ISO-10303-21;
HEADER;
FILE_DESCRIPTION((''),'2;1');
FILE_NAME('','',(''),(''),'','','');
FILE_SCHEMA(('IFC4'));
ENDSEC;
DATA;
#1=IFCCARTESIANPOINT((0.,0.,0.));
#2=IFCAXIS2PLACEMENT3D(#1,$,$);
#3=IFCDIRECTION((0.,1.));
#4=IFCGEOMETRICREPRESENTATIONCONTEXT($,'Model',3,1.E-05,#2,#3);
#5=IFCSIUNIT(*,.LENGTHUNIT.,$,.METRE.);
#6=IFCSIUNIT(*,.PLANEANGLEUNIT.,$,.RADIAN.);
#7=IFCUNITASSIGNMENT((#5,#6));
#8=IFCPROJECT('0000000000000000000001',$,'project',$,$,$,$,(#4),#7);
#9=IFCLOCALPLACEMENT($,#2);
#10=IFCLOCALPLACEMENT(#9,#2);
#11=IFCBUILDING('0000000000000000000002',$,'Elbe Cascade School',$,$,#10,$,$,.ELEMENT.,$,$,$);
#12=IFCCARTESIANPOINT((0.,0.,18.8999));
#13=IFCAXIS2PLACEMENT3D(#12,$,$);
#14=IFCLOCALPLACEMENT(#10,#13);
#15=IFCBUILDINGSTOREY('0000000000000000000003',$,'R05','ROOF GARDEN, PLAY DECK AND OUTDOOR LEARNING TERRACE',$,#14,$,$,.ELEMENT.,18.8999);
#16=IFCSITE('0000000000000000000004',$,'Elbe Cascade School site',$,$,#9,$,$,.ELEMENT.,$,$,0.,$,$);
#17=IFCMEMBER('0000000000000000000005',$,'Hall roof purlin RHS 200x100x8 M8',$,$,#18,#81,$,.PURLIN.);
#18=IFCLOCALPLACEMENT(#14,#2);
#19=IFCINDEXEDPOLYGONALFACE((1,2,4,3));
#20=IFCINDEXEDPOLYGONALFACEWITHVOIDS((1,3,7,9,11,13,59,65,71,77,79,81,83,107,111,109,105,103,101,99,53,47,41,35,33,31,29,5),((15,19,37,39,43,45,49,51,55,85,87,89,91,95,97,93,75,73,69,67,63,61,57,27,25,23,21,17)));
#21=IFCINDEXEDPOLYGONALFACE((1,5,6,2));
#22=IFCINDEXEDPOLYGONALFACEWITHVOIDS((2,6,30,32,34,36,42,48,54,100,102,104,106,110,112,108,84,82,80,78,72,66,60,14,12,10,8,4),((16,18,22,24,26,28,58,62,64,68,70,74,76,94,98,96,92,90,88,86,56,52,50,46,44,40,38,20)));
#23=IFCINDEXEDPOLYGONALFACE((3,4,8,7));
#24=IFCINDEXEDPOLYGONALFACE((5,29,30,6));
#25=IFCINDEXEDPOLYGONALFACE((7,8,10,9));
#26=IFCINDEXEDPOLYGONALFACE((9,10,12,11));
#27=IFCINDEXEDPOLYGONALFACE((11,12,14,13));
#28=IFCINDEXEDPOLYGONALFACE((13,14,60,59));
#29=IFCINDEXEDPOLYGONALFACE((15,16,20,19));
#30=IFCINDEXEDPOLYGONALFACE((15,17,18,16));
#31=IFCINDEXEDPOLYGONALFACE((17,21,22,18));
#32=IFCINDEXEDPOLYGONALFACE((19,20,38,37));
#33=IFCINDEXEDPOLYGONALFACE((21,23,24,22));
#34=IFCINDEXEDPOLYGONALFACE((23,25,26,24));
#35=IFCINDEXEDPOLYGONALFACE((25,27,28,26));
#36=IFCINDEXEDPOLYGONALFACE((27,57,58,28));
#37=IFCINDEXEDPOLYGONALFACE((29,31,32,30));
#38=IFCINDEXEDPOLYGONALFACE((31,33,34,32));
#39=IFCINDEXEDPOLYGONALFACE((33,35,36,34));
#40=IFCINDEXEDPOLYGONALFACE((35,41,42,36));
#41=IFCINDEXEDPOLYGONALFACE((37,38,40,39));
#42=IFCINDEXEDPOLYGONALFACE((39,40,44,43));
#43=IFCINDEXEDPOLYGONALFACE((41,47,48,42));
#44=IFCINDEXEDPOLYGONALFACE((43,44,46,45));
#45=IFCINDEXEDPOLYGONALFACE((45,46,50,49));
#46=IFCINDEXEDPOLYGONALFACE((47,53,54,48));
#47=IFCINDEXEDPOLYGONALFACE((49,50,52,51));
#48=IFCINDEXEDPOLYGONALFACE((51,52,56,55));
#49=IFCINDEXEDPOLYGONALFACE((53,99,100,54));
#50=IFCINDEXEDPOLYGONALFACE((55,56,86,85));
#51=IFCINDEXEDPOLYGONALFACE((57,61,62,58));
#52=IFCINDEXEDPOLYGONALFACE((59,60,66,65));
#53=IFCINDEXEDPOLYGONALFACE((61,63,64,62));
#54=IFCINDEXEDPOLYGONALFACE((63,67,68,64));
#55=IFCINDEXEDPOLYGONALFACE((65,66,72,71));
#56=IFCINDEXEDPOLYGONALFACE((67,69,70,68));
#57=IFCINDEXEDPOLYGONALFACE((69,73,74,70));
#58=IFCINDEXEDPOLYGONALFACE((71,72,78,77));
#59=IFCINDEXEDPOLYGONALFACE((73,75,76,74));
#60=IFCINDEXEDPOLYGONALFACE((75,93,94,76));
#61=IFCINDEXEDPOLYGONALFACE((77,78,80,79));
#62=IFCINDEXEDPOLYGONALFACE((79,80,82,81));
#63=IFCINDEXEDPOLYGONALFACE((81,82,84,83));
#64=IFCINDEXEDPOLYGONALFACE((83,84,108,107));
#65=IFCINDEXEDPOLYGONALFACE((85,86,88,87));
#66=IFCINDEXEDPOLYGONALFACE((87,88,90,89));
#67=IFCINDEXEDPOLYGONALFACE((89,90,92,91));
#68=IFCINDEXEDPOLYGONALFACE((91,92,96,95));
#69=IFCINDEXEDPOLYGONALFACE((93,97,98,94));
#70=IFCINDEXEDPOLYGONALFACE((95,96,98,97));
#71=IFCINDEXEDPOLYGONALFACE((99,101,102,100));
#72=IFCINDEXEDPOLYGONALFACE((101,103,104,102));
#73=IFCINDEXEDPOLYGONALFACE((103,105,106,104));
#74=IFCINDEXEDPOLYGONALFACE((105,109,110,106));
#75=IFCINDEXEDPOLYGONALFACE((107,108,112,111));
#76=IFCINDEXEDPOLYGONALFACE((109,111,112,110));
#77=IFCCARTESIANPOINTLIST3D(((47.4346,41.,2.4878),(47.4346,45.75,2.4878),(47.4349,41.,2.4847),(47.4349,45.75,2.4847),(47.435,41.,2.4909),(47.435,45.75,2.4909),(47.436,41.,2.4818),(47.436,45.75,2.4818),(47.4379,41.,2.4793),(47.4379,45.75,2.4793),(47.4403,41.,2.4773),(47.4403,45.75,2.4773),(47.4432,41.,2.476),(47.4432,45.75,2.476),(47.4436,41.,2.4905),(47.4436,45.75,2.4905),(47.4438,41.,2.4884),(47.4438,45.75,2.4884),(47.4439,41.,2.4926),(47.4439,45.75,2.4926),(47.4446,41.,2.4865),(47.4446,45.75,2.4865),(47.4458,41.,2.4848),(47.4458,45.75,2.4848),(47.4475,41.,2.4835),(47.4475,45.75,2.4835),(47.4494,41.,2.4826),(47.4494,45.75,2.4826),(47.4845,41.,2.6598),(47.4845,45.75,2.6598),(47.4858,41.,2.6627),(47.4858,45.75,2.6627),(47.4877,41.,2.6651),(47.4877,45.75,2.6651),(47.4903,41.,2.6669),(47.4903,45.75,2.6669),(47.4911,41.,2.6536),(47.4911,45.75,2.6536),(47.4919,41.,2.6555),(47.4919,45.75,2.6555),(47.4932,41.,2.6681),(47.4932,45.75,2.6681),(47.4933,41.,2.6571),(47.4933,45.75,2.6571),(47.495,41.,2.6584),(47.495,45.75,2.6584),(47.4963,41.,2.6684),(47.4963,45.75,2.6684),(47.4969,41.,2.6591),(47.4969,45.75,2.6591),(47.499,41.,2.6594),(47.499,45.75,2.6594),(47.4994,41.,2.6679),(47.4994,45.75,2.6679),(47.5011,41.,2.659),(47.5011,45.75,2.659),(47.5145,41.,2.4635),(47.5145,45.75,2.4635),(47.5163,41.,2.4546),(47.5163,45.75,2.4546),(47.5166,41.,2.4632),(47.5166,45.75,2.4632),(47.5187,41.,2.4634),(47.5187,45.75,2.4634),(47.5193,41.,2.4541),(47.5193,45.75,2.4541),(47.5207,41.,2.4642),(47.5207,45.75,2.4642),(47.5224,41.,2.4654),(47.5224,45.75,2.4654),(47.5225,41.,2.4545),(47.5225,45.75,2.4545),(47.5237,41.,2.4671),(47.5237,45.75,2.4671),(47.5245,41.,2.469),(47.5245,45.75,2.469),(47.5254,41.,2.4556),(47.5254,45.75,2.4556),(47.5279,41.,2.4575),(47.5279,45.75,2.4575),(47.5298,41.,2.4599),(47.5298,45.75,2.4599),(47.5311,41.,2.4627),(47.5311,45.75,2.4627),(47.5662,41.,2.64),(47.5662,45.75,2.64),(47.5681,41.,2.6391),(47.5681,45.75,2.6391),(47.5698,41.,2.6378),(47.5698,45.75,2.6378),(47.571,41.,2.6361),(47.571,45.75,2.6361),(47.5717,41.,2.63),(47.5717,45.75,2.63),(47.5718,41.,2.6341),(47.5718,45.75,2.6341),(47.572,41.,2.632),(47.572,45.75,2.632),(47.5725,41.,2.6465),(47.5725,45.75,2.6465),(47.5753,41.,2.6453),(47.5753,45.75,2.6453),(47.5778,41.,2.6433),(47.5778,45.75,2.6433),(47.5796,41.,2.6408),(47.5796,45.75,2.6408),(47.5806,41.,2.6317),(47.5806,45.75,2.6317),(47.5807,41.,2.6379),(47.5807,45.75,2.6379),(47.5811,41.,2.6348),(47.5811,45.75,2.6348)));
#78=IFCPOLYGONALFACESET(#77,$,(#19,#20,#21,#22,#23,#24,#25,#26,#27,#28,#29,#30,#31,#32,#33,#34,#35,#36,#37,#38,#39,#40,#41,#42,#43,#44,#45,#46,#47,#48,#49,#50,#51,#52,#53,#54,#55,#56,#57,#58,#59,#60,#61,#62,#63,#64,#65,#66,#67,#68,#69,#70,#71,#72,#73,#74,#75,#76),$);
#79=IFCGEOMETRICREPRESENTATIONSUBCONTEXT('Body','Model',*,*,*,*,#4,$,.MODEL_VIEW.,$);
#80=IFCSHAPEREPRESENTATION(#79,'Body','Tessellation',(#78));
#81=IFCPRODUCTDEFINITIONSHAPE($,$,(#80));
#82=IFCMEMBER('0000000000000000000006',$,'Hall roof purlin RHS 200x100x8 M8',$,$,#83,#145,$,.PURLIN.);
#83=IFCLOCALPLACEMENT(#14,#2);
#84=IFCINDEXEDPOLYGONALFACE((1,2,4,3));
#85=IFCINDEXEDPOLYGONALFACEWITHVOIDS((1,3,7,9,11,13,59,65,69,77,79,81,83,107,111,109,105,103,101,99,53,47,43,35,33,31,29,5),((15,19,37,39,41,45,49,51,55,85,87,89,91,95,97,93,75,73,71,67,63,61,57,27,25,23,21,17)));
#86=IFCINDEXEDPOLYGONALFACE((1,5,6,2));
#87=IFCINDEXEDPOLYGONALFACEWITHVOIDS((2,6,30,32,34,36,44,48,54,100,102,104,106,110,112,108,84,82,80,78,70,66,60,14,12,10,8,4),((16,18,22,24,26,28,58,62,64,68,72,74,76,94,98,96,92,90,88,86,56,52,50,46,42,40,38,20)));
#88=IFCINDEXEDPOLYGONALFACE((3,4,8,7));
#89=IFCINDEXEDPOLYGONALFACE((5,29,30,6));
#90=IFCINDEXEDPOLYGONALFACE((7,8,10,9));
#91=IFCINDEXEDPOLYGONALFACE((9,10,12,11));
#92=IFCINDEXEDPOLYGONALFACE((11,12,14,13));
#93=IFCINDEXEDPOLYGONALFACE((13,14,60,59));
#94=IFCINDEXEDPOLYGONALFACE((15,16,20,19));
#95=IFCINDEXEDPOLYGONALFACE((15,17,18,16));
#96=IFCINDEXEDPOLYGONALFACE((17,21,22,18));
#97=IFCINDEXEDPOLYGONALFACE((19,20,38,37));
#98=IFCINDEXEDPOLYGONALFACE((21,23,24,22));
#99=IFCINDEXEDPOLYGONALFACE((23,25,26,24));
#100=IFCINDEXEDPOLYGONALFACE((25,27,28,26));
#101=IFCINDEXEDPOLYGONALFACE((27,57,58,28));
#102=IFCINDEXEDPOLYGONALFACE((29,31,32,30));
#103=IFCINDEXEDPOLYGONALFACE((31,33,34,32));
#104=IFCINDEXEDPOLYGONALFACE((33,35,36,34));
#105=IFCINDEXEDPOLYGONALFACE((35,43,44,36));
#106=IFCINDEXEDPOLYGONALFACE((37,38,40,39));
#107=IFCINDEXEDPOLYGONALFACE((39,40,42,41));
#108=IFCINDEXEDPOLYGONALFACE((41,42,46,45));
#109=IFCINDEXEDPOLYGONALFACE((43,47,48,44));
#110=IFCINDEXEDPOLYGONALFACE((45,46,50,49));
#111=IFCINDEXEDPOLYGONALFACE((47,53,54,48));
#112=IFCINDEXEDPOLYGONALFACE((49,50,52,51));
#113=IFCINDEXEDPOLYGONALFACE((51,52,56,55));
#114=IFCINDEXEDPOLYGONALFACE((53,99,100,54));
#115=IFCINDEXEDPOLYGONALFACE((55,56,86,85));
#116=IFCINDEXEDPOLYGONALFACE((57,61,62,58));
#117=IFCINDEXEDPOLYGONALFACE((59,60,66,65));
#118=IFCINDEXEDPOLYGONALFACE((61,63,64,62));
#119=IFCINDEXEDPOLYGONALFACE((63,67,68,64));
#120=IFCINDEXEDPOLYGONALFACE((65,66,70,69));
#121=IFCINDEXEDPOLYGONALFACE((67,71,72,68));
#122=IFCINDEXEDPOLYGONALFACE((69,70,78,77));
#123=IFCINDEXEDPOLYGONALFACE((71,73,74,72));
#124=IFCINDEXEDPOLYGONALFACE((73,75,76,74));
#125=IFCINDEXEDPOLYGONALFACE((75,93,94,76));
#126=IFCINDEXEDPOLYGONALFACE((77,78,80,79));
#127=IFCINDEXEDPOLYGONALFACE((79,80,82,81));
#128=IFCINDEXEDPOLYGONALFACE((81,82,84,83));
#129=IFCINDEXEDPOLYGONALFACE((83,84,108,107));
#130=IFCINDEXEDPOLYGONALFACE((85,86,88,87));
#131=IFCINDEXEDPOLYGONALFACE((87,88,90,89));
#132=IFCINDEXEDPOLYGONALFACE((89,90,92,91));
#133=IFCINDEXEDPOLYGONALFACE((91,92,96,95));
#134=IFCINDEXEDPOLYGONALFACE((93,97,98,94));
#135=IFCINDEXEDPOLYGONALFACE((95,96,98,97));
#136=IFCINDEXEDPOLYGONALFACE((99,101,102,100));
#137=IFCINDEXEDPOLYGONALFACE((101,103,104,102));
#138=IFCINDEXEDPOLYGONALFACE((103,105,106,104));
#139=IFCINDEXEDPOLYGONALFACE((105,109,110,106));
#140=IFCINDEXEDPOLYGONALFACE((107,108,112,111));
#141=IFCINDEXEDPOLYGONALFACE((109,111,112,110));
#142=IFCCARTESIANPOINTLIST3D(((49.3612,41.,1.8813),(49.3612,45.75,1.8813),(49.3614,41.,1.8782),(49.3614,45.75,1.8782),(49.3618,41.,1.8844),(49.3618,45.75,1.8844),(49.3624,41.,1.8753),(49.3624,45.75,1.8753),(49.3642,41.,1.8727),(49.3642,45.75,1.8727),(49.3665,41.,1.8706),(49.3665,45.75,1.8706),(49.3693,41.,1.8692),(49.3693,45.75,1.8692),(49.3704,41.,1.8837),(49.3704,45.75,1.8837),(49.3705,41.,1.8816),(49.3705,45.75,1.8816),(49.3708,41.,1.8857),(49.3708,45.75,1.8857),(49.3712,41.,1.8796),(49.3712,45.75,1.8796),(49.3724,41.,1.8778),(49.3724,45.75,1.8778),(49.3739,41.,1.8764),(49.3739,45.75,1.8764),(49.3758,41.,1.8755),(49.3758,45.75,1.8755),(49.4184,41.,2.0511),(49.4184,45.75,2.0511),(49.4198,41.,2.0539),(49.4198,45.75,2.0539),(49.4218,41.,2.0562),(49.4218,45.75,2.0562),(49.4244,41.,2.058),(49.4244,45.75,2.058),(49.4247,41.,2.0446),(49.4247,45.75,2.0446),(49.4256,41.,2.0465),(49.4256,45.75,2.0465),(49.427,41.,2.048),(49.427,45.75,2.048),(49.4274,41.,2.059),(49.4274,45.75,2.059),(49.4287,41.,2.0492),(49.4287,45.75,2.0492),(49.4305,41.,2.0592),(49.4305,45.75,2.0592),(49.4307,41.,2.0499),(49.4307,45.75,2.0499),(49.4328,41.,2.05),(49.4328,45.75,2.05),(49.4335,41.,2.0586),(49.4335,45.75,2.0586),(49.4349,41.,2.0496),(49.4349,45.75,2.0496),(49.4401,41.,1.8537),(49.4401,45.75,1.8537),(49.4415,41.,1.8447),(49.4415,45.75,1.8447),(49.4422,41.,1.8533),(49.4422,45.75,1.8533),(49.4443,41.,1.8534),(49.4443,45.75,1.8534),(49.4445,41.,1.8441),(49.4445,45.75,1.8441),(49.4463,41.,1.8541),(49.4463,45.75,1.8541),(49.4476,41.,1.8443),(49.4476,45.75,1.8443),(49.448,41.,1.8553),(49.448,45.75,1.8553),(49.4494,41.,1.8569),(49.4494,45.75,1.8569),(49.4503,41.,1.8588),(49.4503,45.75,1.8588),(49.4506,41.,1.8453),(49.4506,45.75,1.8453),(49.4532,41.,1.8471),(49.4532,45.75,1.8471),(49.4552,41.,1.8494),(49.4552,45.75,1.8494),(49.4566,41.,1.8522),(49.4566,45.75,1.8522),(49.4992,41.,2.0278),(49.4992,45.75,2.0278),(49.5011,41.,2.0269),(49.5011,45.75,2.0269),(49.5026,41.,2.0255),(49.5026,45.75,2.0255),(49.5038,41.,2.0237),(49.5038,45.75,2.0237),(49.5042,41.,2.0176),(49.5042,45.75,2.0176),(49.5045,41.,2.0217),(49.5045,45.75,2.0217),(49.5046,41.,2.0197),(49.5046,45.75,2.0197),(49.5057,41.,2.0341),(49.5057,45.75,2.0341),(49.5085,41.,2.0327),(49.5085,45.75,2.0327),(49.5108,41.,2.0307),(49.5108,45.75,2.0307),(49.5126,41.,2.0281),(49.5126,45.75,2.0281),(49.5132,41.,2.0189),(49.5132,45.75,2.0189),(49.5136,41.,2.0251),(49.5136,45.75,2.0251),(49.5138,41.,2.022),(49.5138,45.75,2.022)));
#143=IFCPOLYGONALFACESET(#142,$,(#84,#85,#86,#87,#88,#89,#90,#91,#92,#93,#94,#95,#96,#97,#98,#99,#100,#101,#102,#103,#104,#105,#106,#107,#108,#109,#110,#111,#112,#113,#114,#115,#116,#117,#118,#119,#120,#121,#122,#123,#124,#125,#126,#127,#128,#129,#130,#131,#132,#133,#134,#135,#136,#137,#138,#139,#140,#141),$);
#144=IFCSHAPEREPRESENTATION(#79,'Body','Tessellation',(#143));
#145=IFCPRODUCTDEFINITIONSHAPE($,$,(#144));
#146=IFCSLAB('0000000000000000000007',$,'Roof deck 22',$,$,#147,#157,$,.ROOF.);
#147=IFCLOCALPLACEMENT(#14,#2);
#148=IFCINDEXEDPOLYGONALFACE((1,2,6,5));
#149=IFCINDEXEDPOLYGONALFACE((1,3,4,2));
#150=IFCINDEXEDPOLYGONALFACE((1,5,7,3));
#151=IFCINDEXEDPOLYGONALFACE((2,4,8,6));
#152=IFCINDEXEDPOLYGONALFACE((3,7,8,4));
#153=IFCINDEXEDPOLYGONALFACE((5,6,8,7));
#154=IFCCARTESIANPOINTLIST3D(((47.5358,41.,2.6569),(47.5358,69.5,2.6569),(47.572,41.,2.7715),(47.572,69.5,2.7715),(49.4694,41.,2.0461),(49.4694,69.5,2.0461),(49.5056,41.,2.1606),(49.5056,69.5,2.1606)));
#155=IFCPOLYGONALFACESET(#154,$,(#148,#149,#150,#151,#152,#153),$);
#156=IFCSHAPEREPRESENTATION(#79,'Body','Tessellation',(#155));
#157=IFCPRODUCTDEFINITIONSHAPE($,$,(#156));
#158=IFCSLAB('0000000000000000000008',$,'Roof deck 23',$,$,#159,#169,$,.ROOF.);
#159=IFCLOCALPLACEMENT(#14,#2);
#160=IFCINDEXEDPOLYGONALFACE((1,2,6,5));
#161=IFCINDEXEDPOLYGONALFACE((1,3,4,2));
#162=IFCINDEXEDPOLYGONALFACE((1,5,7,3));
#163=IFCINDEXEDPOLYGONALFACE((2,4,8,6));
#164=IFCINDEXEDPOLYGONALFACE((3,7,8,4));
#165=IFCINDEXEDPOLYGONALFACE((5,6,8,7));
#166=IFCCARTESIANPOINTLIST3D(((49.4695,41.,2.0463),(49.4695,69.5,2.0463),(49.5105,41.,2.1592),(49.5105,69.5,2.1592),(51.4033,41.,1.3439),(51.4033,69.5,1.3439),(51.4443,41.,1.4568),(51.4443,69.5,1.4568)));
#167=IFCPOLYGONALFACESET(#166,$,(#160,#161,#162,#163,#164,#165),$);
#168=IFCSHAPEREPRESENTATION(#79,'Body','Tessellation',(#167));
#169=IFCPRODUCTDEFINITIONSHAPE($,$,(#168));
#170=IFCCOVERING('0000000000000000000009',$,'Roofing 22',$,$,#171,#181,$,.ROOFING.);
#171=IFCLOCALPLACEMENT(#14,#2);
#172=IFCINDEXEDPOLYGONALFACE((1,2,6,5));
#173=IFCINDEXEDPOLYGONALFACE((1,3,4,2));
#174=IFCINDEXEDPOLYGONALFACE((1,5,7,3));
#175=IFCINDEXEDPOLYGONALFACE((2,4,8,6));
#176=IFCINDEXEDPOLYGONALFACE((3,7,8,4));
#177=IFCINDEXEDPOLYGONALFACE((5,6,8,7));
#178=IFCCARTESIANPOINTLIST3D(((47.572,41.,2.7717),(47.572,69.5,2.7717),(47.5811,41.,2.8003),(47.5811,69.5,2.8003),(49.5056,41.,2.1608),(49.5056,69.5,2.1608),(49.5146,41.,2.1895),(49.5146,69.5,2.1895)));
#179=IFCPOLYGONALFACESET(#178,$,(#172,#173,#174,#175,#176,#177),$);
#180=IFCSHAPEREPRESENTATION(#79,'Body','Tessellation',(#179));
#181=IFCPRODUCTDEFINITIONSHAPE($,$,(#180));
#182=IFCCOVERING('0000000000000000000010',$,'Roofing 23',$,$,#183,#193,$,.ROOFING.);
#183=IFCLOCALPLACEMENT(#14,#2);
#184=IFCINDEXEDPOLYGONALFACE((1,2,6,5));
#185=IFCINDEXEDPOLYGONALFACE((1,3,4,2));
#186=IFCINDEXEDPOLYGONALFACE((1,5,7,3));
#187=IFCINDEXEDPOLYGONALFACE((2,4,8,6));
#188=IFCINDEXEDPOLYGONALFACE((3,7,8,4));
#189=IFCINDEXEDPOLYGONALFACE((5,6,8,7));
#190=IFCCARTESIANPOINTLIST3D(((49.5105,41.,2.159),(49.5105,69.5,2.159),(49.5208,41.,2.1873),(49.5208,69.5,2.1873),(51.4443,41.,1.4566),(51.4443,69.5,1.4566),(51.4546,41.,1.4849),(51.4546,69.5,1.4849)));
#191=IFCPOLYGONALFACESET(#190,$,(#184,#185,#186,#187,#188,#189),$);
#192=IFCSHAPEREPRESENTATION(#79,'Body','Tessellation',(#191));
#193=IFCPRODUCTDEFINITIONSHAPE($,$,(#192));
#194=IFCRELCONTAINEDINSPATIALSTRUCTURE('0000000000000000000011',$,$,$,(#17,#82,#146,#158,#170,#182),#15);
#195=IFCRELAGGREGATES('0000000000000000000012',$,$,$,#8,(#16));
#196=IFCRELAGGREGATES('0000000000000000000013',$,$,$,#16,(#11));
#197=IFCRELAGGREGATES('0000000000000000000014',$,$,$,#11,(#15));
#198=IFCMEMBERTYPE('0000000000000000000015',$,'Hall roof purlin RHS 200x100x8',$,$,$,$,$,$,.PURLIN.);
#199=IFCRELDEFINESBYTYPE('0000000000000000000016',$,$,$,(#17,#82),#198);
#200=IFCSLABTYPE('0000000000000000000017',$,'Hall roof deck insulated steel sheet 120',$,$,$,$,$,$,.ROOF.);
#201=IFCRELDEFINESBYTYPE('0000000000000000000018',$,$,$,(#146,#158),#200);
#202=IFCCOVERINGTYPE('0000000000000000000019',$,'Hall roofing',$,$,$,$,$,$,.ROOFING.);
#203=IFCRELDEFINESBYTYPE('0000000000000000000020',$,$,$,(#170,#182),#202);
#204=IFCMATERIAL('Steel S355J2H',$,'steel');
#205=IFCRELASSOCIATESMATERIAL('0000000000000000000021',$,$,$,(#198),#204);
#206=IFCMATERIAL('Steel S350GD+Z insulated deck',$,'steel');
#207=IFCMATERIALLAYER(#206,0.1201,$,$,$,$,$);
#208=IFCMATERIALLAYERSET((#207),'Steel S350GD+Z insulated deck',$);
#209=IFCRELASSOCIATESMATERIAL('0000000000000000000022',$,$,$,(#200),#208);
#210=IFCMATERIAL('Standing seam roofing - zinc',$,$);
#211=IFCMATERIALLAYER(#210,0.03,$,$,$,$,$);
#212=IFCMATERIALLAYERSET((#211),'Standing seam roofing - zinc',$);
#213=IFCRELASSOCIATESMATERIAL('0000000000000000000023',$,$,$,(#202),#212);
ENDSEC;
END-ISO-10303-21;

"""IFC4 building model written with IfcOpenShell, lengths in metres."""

from ifc_helpers import new_model, si_unit, direction, frame, origin, origin_2d, place, context, subcontext, project, spatial, polyline, hollow_rectangle, outline, extrude, material, layer, layer_set, material_profile, profile_set, type_object, element, save


model = new_model("IFC4")

# Units and contexts
model_context = context("Model", 3, precision=1e-05, world=origin(), true_north=direction((0.0, 1.0)))
body_context = subcontext(model_context, "Body", "Model", "MODEL_VIEW")
ifc_project = project(units=[si_unit("LENGTHUNIT", "METRE"), si_unit("PLANEANGLEUNIT", "RADIAN")], contexts=[model_context])

# Site, building, storey
site_placement = place(None, origin())
site = spatial("IfcSite", under=ifc_project, at=site_placement, Name="Elbe Cascade School site", CompositionType="ELEMENT", RefElevation=0.0)
building_placement = place(site_placement, origin())
building = spatial("IfcBuilding", under=site, at=building_placement, Name="Elbe Cascade School", CompositionType="ELEMENT")
storey_placement = place(building_placement, frame((0.0, 0.0, 18.8999)))
storey = spatial("IfcBuildingStorey", under=building, at=storey_placement, Name="R05", Description="ROOF GARDEN, PLAY DECK AND OUTDOOR LEARNING TERRACE", CompositionType="ELEMENT", Elevation=18.8999)

# Members
ifc_material_1 = material(Name="Steel S355J2H", Category="steel")
ifc_material_profile_1 = material_profile(ifc_material_1, hollow_rectangle(XDim=0.1001, YDim=0.2, WallThickness=0.0081, InnerFilletRadius=0.0081, OuterFilletRadius=0.012, at=origin_2d()), Name="RHS 200x100x8")
ifc_profile_set_1 = profile_set([ifc_material_profile_1], Name="Steel S355J2H")
member_type_1 = type_object("IfcMemberType", Name="Hall roof purlin RHS 200x100x8", PredefinedType="PURLIN", material=ifc_profile_set_1)
for number, where, z_axis, x_axis, name in (
    (1, (47.5078, 41.0, 2.5613), (0.0, 1.0, 0.0), (-0.959684, 0.0, 0.281081), "Hall roof purlin RHS 200x100x8 M8"),
    (2, (49.4375, 41.0, 1.9517), (0.0, 1.0, 0.0), (-0.946999, 0.0, 0.321236), "Hall roof purlin RHS 200x100x8 M8"),
):
    element("IfcMember", number, at=place(storey_placement, frame(where, z_axis=z_axis, x_axis=x_axis)), inside=storey, type_object=member_type_1, Name=name, PredefinedType="PURLIN", context=body_context, shape_type="SweptSolid", body=[
        extrude(hollow_rectangle(XDim=0.1001, YDim=0.2, WallThickness=0.0081, InnerFilletRadius=0.0081, OuterFilletRadius=0.012, at=origin_2d()), origin(), (0.0, 0.0, 1.0), 4.75),
    ])

# Slabs
ifc_material_2 = material(Name="Steel S350GD+Z insulated deck", Category="steel")
ifc_layer_1 = layer(ifc_material_2, 0.1201)
ifc_layer_set_1 = layer_set([ifc_layer_1], Name="Steel S350GD+Z insulated deck")
slab_type = type_object("IfcSlabType", Name="Hall roof deck insulated steel sheet 120", PredefinedType="ROOF", material=ifc_layer_set_1)
slab_1_placement = place(storey_placement, frame((47.572, 41.0, 2.7715), z_axis=(0.301235, 0.0, 0.95355), x_axis=(0.95355, 0.0, -0.301235)))
element("IfcSlab", 3, at=slab_1_placement, inside=storey, type_object=slab_type, Name="Roof deck 22", PredefinedType="ROOF", context=body_context, shape_type="SweptSolid", body=[
    extrude(outline(polyline([(0.0, 0.0), (2.0278, 0.0), (2.0278, 28.5), (0.0, 28.5), (0.0, 0.0)])), origin(), (0.0, 0.0, -1.0), 0.1201),
])
slab_2_placement = place(storey_placement, frame((49.5105, 41.0, 2.1592), z_axis=(0.341391, 0.0, 0.939922), x_axis=(0.939922, 0.0, -0.341391)))
element("IfcSlab", 4, at=slab_2_placement, inside=storey, type_object=slab_type, Name="Roof deck 23", PredefinedType="ROOF", context=body_context, shape_type="SweptSolid", body=[
    extrude(outline(polyline([(0.0, 0.0), (2.0574, 0.0), (2.0574, 28.5), (0.0, 28.5), (0.0, 0.0)])), origin(), (0.0, 0.0, -1.0), 0.1201),
])

# Coverings
ifc_material_3 = material(Name="Standing seam roofing - zinc")
ifc_layer_2 = layer(ifc_material_3, 0.03)
ifc_layer_set_2 = layer_set([ifc_layer_2], Name="Standing seam roofing - zinc")
covering_type = type_object("IfcCoveringType", Name="Hall roofing", PredefinedType="ROOFING", material=ifc_layer_set_2)
covering_1_placement = place(storey_placement, frame((47.5811, 41.0, 2.8003), z_axis=(0.301235, 0.0, 0.95355), x_axis=(0.95355, 0.0, -0.301235)))
element("IfcCovering", 5, at=covering_1_placement, inside=storey, type_object=covering_type, Name="Roofing 22", PredefinedType="ROOFING", context=body_context, shape_type="SweptSolid", body=[
    extrude(outline(polyline([(0.0, 0.0), (2.0278, 0.0), (2.0278, 28.5), (0.0, 28.5), (0.0, 0.0)])), origin(), (0.0, 0.0, -1.0), 0.03),
])
covering_2_placement = place(storey_placement, frame((49.5208, 41.0, 2.1873), z_axis=(0.341391, 0.0, 0.939922), x_axis=(0.939922, 0.0, -0.341391)))
element("IfcCovering", 6, at=covering_2_placement, inside=storey, type_object=covering_type, Name="Roofing 23", PredefinedType="ROOFING", context=body_context, shape_type="SweptSolid", body=[
    extrude(outline(polyline([(0.0, 0.0), (2.0574, 0.0), (2.0574, 28.5), (0.0, 28.5), (0.0, 0.0)])), origin(), (0.0, 0.0, -1.0), 0.03),
])

save(model, "model.ifc")
